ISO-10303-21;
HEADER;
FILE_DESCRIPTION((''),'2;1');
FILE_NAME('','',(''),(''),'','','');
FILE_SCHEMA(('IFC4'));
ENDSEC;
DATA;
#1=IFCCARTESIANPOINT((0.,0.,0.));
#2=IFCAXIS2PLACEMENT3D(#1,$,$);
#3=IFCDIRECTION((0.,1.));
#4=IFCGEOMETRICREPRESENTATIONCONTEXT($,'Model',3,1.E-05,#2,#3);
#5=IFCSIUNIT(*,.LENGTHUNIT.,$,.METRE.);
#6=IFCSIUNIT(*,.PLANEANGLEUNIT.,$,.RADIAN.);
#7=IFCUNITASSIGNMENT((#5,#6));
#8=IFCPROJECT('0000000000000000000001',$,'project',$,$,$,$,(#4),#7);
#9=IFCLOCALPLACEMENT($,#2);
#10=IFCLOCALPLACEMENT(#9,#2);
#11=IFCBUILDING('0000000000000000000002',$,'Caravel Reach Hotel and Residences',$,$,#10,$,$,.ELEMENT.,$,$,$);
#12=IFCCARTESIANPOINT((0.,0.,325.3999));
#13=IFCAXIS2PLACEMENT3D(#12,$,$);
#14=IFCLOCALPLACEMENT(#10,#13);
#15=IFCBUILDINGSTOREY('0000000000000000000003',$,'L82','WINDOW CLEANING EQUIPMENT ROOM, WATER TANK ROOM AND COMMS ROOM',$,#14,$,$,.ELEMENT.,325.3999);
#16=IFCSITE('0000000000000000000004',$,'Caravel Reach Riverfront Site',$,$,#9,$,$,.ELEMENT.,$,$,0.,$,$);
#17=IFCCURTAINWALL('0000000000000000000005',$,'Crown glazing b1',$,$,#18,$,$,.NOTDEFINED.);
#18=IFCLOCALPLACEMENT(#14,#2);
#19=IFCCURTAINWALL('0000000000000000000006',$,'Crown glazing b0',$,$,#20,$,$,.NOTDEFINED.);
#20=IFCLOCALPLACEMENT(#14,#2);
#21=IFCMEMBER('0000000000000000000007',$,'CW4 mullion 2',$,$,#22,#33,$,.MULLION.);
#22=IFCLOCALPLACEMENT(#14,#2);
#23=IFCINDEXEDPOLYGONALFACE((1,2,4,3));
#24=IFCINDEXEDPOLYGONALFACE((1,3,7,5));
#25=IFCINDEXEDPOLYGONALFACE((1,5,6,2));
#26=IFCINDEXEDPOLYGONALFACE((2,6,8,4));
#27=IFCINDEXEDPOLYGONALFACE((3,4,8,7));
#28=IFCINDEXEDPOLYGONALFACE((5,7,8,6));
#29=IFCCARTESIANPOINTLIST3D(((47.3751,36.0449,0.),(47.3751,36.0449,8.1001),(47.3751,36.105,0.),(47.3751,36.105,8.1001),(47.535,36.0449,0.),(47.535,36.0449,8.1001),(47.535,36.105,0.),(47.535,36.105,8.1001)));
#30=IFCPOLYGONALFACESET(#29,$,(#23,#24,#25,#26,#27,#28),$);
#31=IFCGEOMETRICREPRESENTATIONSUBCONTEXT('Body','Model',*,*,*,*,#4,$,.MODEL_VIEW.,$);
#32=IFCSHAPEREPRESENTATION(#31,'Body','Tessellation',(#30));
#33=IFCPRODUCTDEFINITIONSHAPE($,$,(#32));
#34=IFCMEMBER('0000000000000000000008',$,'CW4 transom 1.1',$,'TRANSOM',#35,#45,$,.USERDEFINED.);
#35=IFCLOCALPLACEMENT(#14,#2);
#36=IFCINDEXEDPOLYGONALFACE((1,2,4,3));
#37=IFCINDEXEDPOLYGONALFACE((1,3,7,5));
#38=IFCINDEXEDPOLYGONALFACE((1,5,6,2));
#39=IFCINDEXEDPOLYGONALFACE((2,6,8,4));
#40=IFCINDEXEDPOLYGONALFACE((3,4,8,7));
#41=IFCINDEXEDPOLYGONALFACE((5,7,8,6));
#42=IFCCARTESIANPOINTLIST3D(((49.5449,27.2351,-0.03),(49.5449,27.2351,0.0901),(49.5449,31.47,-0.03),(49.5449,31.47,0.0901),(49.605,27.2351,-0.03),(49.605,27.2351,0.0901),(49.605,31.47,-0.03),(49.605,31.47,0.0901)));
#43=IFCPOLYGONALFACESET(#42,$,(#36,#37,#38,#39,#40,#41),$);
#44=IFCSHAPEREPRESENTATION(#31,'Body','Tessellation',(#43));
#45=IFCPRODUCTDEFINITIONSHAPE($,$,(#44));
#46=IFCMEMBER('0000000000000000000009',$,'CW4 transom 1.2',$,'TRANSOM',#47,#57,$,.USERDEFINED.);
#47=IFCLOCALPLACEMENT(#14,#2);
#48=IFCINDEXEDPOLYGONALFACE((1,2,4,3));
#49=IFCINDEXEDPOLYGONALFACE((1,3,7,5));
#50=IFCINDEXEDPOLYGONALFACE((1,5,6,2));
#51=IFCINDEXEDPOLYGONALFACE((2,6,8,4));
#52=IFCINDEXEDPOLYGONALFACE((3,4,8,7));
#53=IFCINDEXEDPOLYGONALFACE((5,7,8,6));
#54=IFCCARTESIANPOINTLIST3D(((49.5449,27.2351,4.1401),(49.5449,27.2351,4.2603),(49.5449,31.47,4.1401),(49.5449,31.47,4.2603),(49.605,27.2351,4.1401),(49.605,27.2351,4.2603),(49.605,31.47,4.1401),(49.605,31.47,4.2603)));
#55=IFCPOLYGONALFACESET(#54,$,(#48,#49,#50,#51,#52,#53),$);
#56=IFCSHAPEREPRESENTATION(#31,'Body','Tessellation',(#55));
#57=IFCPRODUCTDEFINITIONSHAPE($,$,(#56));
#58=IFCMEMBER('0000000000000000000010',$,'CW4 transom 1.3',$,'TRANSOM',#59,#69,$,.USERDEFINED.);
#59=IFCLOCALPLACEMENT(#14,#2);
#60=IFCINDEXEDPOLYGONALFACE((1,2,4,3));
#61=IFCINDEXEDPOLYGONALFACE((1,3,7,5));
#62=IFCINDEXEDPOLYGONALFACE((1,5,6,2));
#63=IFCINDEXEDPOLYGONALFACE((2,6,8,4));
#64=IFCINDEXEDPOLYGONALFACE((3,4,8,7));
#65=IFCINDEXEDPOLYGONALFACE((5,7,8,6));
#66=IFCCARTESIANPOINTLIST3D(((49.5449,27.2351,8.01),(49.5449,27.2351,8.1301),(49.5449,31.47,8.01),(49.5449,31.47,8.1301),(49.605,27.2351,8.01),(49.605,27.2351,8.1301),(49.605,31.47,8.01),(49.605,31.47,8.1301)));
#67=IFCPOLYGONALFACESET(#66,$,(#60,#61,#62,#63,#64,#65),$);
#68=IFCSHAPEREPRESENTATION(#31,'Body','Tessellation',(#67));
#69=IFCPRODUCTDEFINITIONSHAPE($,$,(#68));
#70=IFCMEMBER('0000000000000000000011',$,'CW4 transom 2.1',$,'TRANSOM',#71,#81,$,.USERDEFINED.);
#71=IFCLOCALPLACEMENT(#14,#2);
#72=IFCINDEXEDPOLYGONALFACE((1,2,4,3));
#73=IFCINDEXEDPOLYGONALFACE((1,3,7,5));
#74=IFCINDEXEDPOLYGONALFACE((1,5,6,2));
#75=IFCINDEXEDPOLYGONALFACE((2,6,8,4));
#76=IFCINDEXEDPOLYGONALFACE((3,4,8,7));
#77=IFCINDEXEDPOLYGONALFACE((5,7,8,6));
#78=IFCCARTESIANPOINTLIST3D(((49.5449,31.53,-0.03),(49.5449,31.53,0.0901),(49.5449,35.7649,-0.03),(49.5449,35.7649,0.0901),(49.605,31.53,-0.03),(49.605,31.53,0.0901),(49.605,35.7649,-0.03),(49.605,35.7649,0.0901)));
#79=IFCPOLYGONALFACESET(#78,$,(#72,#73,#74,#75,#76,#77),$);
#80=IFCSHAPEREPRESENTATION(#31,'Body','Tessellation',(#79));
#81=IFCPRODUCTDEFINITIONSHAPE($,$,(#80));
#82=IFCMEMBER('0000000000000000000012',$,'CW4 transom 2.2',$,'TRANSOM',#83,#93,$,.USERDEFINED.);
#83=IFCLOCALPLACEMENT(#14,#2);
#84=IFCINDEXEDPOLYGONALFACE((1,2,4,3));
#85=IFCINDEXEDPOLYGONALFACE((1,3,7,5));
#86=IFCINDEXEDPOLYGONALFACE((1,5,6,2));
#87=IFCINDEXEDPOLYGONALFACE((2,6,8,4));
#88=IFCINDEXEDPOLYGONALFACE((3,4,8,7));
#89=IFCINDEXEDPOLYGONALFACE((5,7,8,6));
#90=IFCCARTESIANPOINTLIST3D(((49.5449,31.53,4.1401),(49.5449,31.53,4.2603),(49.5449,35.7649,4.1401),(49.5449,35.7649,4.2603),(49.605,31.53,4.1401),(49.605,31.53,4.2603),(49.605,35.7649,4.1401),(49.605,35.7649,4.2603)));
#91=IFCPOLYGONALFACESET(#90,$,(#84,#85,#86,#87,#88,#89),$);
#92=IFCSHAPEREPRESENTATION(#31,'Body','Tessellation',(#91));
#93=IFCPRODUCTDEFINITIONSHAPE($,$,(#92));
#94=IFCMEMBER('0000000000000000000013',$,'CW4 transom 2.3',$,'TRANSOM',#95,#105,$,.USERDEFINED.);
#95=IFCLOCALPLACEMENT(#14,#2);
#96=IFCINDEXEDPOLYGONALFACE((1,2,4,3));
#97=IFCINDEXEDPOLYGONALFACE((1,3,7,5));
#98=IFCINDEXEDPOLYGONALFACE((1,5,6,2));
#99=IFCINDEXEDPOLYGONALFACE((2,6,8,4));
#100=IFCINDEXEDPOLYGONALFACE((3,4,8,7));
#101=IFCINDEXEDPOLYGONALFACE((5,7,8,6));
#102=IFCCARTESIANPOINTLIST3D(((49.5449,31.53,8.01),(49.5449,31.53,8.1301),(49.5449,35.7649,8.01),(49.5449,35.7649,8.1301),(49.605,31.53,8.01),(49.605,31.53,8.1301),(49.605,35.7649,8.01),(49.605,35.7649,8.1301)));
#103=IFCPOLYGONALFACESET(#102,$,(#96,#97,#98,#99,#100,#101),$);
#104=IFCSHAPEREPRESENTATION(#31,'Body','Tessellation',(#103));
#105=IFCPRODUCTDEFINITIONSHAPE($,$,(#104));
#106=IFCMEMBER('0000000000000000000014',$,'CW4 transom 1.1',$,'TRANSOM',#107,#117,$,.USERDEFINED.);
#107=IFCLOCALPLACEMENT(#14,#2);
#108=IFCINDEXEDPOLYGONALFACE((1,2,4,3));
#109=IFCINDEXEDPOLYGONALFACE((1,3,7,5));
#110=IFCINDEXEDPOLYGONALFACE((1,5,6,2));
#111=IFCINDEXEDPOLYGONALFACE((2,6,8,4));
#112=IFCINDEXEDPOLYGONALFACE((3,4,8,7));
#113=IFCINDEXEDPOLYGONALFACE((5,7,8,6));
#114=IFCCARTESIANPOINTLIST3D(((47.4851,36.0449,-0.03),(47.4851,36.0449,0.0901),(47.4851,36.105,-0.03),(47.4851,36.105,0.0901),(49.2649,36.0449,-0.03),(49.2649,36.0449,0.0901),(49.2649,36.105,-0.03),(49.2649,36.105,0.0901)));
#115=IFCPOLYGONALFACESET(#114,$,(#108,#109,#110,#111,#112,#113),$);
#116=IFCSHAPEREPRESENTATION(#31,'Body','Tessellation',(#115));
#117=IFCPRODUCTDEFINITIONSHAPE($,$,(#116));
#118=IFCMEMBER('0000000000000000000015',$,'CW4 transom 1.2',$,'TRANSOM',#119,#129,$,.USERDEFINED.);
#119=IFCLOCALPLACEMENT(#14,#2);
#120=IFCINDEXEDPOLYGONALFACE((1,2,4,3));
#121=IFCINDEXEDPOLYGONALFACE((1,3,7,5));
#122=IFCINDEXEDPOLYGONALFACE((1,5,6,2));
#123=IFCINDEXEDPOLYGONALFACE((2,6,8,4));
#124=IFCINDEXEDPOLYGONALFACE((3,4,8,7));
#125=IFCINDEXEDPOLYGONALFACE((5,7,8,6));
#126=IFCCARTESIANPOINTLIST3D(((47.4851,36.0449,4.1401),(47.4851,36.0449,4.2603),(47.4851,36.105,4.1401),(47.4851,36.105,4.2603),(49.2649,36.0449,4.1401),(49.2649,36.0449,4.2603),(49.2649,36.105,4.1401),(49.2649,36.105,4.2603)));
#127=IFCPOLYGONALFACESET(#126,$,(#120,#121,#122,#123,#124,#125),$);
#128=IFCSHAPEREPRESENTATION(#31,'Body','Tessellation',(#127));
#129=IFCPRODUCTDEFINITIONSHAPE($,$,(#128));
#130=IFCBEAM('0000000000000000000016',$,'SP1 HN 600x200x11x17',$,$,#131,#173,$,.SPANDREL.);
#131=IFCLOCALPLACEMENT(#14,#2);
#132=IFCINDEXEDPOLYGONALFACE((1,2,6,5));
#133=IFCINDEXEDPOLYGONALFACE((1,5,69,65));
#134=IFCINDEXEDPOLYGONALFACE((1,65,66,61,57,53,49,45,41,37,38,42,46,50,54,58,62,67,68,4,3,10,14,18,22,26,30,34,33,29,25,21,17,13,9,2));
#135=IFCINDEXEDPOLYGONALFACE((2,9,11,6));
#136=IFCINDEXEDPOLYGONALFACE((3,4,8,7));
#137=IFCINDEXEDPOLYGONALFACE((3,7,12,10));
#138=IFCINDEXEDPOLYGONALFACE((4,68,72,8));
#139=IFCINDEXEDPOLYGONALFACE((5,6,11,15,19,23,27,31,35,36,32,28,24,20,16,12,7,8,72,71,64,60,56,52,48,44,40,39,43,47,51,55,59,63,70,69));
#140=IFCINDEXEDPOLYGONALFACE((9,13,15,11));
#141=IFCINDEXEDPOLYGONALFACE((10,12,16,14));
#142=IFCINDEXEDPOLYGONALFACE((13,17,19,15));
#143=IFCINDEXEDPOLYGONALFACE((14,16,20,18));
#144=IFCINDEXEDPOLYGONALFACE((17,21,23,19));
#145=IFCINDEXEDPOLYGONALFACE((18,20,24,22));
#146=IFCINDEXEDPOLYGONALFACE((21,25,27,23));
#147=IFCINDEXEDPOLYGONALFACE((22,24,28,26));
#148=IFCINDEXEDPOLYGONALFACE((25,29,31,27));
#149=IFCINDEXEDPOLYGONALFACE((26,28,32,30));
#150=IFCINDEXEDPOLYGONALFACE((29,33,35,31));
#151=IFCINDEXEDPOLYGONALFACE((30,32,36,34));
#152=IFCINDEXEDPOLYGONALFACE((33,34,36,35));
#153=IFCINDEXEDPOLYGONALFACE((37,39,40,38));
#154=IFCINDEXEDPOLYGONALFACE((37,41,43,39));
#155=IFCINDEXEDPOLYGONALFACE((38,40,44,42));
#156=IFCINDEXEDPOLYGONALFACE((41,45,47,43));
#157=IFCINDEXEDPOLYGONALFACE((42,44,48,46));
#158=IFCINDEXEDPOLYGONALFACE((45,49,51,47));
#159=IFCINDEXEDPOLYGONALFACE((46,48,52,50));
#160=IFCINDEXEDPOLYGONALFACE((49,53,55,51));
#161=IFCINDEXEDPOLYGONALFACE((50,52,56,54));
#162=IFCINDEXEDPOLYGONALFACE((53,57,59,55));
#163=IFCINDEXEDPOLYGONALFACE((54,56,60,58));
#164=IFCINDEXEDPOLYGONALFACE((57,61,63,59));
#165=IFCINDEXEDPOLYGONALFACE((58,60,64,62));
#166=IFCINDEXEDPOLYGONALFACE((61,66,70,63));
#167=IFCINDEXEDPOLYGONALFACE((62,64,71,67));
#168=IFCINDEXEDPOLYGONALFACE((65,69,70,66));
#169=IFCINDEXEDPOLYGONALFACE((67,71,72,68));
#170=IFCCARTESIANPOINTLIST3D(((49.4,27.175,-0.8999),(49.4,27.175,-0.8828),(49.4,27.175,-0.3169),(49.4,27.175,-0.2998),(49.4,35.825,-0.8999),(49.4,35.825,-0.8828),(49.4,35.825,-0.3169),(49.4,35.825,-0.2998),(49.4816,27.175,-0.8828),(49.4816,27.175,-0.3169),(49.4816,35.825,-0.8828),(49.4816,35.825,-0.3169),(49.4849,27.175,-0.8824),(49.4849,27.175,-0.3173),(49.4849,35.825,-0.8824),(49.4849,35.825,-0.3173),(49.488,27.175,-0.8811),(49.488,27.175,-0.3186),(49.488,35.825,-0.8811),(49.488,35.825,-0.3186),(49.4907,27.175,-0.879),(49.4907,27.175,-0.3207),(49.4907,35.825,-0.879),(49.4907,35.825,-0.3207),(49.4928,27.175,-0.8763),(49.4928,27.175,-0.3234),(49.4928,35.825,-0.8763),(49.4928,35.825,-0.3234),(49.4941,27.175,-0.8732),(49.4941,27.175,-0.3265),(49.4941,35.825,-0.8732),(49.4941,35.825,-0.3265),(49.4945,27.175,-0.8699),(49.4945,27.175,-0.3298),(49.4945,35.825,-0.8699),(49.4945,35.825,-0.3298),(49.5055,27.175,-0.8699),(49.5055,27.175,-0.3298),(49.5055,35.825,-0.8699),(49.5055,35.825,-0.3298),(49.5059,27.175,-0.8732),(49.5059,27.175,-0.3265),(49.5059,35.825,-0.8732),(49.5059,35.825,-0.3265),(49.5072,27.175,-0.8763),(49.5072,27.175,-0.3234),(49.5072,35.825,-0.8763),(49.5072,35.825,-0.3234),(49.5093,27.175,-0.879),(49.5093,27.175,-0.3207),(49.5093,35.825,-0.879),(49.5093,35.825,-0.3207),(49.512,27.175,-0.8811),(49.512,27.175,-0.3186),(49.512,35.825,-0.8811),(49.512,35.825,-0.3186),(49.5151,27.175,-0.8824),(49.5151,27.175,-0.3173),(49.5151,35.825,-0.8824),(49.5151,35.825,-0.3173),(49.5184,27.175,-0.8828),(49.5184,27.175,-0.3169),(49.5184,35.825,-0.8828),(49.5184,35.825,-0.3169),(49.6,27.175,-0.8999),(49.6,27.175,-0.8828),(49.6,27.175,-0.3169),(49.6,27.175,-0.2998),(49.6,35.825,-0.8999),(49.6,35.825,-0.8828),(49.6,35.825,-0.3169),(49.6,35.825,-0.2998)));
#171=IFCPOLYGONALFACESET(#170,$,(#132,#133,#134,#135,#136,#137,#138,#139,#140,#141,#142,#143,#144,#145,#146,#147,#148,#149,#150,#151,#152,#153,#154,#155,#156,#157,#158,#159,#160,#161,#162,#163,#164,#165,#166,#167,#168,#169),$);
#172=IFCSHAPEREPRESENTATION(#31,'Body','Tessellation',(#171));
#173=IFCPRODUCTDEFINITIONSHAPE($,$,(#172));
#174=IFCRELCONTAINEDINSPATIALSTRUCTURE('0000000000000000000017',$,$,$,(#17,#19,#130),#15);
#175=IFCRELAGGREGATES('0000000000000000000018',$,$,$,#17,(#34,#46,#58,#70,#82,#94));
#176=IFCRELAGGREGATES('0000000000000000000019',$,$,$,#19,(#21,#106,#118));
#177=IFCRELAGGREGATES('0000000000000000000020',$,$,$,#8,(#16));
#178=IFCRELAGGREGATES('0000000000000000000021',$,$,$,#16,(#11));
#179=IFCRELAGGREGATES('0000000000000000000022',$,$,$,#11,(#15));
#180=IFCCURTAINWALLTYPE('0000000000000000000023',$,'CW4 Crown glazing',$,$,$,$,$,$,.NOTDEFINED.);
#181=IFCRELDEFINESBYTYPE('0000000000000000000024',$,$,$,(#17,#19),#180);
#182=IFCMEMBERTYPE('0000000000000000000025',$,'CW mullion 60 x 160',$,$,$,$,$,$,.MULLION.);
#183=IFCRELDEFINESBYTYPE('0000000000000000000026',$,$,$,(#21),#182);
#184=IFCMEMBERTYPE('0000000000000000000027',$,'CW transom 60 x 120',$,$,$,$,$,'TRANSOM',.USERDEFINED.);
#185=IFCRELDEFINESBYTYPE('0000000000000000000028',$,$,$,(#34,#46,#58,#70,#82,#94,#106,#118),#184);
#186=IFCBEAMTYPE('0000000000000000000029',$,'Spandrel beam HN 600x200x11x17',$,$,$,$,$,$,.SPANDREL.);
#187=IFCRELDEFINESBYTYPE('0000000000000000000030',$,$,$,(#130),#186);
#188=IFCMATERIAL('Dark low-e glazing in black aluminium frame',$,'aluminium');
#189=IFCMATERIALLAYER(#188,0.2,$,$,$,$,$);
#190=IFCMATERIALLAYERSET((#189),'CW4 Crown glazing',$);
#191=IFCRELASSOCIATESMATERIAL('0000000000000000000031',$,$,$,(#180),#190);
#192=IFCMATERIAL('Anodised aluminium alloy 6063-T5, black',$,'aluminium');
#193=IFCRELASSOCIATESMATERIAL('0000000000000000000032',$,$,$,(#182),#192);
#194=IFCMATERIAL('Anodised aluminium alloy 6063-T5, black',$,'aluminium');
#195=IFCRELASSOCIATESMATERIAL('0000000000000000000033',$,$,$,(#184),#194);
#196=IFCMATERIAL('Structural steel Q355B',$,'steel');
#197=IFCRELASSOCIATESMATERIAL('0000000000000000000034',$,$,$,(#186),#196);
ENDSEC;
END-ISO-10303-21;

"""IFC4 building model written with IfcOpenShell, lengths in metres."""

from ifc_helpers import new_model, si_unit, direction, frame, origin, origin_2d, place, context, subcontext, project, spatial, rectangle, i_section, extrude, material, layer, layer_set, material_profile, profile_set, type_object, element, aggregate, save


model = new_model("IFC4")

# Units and contexts
model_context = context("Model", 3, precision=1e-05, world=origin(), true_north=direction((0.0, 1.0)))
body_context = subcontext(model_context, "Body", "Model", "MODEL_VIEW")
ifc_project = project(units=[si_unit("LENGTHUNIT", "METRE"), si_unit("PLANEANGLEUNIT", "RADIAN")], contexts=[model_context])

# Site, building, storey
site_placement = place(None, origin())
site = spatial("IfcSite", under=ifc_project, at=site_placement, Name="Caravel Reach Riverfront Site", CompositionType="ELEMENT", RefElevation=0.0)
building_placement = place(site_placement, origin())
building = spatial("IfcBuilding", under=site, at=building_placement, Name="Caravel Reach Hotel and Residences", CompositionType="ELEMENT")
storey_placement = place(building_placement, frame((0.0, 0.0, 325.3999)))
storey = spatial("IfcBuildingStorey", under=building, at=storey_placement, Name="L82", Description="WINDOW CLEANING EQUIPMENT ROOM, WATER TANK ROOM AND COMMS ROOM", CompositionType="ELEMENT", Elevation=325.3999)

# Shared definitions
ifc_material_1 = material(Name="Dark low-e glazing in black aluminium frame", Category="aluminium")
ifc_layer_1 = layer(ifc_material_1, 0.2)
ifc_layer_set_1 = layer_set([ifc_layer_1], Name="CW4 Crown glazing")
curtain_wall_type = type_object("IfcCurtainWallType", Name="CW4 Crown glazing", PredefinedType="NOTDEFINED", material=ifc_layer_set_1)
ifc_material_2 = material(Name="Anodised aluminium alloy 6063-T5, black", Category="aluminium")
ifc_material_profile_1 = material_profile(ifc_material_2, rectangle(XDim=0.0601, YDim=0.1599, at=origin_2d()), Name="CW mullion 60 x 160")
ifc_profile_set_1 = profile_set([ifc_material_profile_1], Name="Anodised aluminium alloy 6063-T5, black")
member_type_1 = type_object("IfcMemberType", Name="CW mullion 60 x 160", PredefinedType="MULLION", material=ifc_profile_set_1)

# Curtain wall
curtain_wall_1_placement = place(storey_placement, origin())
curtain_wall_1 = element("IfcCurtainWall", 1, at=curtain_wall_1_placement, inside=storey, type_object=curtain_wall_type, Name="Crown glazing b1", PredefinedType="NOTDEFINED")

# Curtain wall, member
curtain_wall_2_placement = place(storey_placement, origin())
curtain_wall_2 = element("IfcCurtainWall", 2, at=curtain_wall_2_placement, inside=storey, type_object=curtain_wall_type, Name="Crown glazing b0", PredefinedType="NOTDEFINED")
member_1_placement = place(storey_placement, frame((47.4551, 36.075, 0.0), z_axis=(0.0, 0.0, 1.0), x_axis=(0.0, -1.0, 0.0)))
member_1 = element("IfcMember", 3, at=member_1_placement, type_object=member_type_1, Name="CW4 mullion 2", PredefinedType="MULLION", context=body_context, shape_type="SweptSolid", body=[
    extrude(rectangle(XDim=0.0601, YDim=0.1599, at=origin_2d()), origin(), (0.0, 0.0, 1.0), 8.1001),
])

# Members
ifc_material_3 = material(Name="Anodised aluminium alloy 6063-T5, black", Category="aluminium")
ifc_material_profile_2 = material_profile(ifc_material_3, rectangle(XDim=0.0601, YDim=0.1201, at=origin_2d()), Name="CW transom 60 x 120")
ifc_profile_set_2 = profile_set([ifc_material_profile_2], Name="Anodised aluminium alloy 6063-T5, black")
member_type_2 = type_object("IfcMemberType", Name="CW transom 60 x 120", ElementType="TRANSOM", PredefinedType="USERDEFINED", material=ifc_profile_set_2)
member_2_placement = place(storey_placement, frame((49.575, 27.2351, 0.03), z_axis=(0.0, 1.0, 0.0), x_axis=(-1.0, 0.0, 0.0)))
member_2 = element("IfcMember", 4, at=member_2_placement, type_object=member_type_2, Name="CW4 transom 1.1", ObjectType="TRANSOM", PredefinedType="USERDEFINED", context=body_context, shape_type="SweptSolid", body=[
    extrude(rectangle(XDim=0.0601, YDim=0.1201, at=origin_2d()), origin(), (0.0, 0.0, 1.0), 4.2349),
])
member_3_placement = place(storey_placement, frame((49.575, 27.2351, 4.2002), z_axis=(0.0, 1.0, 0.0), x_axis=(-1.0, 0.0, 0.0)))
member_3 = element("IfcMember", 5, at=member_3_placement, type_object=member_type_2, Name="CW4 transom 1.2", ObjectType="TRANSOM", PredefinedType="USERDEFINED", context=body_context, shape_type="SweptSolid", body=[
    extrude(rectangle(XDim=0.0601, YDim=0.1201, at=origin_2d()), origin(), (0.0, 0.0, 1.0), 4.2349),
])
member_4_placement = place(storey_placement, frame((49.575, 27.2351, 8.0701), z_axis=(0.0, 1.0, 0.0), x_axis=(-1.0, 0.0, 0.0)))
member_4 = element("IfcMember", 6, at=member_4_placement, type_object=member_type_2, Name="CW4 transom 1.3", ObjectType="TRANSOM", PredefinedType="USERDEFINED", context=body_context, shape_type="SweptSolid", body=[
    extrude(rectangle(XDim=0.0601, YDim=0.1201, at=origin_2d()), origin(), (0.0, 0.0, 1.0), 4.2349),
])
member_5_placement = place(storey_placement, frame((49.575, 31.53, 0.03), z_axis=(0.0, 1.0, 0.0), x_axis=(-1.0, 0.0, 0.0)))
member_5 = element("IfcMember", 7, at=member_5_placement, type_object=member_type_2, Name="CW4 transom 2.1", ObjectType="TRANSOM", PredefinedType="USERDEFINED", context=body_context, shape_type="SweptSolid", body=[
    extrude(rectangle(XDim=0.0601, YDim=0.1201, at=origin_2d()), origin(), (0.0, 0.0, 1.0), 4.2349),
])
member_6_placement = place(storey_placement, frame((49.575, 31.53, 4.2002), z_axis=(0.0, 1.0, 0.0), x_axis=(-1.0, 0.0, 0.0)))
member_6 = element("IfcMember", 8, at=member_6_placement, type_object=member_type_2, Name="CW4 transom 2.2", ObjectType="TRANSOM", PredefinedType="USERDEFINED", context=body_context, shape_type="SweptSolid", body=[
    extrude(rectangle(XDim=0.0601, YDim=0.1201, at=origin_2d()), origin(), (0.0, 0.0, 1.0), 4.2349),
])
member_7_placement = place(storey_placement, frame((49.575, 31.53, 8.0701), z_axis=(0.0, 1.0, 0.0), x_axis=(-1.0, 0.0, 0.0)))
member_7 = element("IfcMember", 9, at=member_7_placement, type_object=member_type_2, Name="CW4 transom 2.3", ObjectType="TRANSOM", PredefinedType="USERDEFINED", context=body_context, shape_type="SweptSolid", body=[
    extrude(rectangle(XDim=0.0601, YDim=0.1201, at=origin_2d()), origin(), (0.0, 0.0, 1.0), 4.2349),
])
member_8_placement = place(storey_placement, frame((49.2649, 36.075, 0.03), z_axis=(-1.0, 0.0, 0.0), x_axis=(0.0, -1.0, 0.0)))
member_8 = element("IfcMember", 10, at=member_8_placement, type_object=member_type_2, Name="CW4 transom 1.1", ObjectType="TRANSOM", PredefinedType="USERDEFINED", context=body_context, shape_type="SweptSolid", body=[
    extrude(rectangle(XDim=0.0601, YDim=0.1201, at=origin_2d()), origin(), (0.0, 0.0, 1.0), 1.7798),
])
member_9_placement = place(storey_placement, frame((49.2649, 36.075, 4.2002), z_axis=(-1.0, 0.0, 0.0), x_axis=(0.0, -1.0, 0.0)))
member_9 = element("IfcMember", 11, at=member_9_placement, type_object=member_type_2, Name="CW4 transom 1.2", ObjectType="TRANSOM", PredefinedType="USERDEFINED", context=body_context, shape_type="SweptSolid", body=[
    extrude(rectangle(XDim=0.0601, YDim=0.1201, at=origin_2d()), origin(), (0.0, 0.0, 1.0), 1.7798),
])

# Beam
ifc_material_4 = material(Name="Structural steel Q355B", Category="steel")
ifc_material_profile_3 = material_profile(ifc_material_4, i_section(OverallWidth=0.2, OverallDepth=0.6001, WebThickness=0.011, FlangeThickness=0.0171, FilletRadius=0.0129, at=origin_2d()), Name="HN 600x200x11x17")
ifc_profile_set_3 = profile_set([ifc_material_profile_3], Name="Structural steel Q355B")
beam_type = type_object("IfcBeamType", Name="Spandrel beam HN 600x200x11x17", PredefinedType="SPANDREL", material=ifc_profile_set_3)
beam_1_placement = place(storey_placement, frame((49.5, 27.175, -0.5999), z_axis=(0.0, 1.0, 0.0), x_axis=(-1.0, 0.0, 0.0)))
element("IfcBeam", 12, at=beam_1_placement, inside=storey, type_object=beam_type, Name="SP1 HN 600x200x11x17", PredefinedType="SPANDREL", context=body_context, shape_type="SweptSolid", body=[
    extrude(i_section(OverallWidth=0.2, OverallDepth=0.6001, WebThickness=0.011, FlangeThickness=0.0171, FilletRadius=0.0129, at=origin_2d()), origin(), (0.0, 0.0, 1.0), 8.6499),
])

aggregate(curtain_wall_1, [member_2, member_3, member_4, member_5, member_6, member_7])
aggregate(curtain_wall_2, [member_1, member_8, member_9])

save(model, "model.ifc")
